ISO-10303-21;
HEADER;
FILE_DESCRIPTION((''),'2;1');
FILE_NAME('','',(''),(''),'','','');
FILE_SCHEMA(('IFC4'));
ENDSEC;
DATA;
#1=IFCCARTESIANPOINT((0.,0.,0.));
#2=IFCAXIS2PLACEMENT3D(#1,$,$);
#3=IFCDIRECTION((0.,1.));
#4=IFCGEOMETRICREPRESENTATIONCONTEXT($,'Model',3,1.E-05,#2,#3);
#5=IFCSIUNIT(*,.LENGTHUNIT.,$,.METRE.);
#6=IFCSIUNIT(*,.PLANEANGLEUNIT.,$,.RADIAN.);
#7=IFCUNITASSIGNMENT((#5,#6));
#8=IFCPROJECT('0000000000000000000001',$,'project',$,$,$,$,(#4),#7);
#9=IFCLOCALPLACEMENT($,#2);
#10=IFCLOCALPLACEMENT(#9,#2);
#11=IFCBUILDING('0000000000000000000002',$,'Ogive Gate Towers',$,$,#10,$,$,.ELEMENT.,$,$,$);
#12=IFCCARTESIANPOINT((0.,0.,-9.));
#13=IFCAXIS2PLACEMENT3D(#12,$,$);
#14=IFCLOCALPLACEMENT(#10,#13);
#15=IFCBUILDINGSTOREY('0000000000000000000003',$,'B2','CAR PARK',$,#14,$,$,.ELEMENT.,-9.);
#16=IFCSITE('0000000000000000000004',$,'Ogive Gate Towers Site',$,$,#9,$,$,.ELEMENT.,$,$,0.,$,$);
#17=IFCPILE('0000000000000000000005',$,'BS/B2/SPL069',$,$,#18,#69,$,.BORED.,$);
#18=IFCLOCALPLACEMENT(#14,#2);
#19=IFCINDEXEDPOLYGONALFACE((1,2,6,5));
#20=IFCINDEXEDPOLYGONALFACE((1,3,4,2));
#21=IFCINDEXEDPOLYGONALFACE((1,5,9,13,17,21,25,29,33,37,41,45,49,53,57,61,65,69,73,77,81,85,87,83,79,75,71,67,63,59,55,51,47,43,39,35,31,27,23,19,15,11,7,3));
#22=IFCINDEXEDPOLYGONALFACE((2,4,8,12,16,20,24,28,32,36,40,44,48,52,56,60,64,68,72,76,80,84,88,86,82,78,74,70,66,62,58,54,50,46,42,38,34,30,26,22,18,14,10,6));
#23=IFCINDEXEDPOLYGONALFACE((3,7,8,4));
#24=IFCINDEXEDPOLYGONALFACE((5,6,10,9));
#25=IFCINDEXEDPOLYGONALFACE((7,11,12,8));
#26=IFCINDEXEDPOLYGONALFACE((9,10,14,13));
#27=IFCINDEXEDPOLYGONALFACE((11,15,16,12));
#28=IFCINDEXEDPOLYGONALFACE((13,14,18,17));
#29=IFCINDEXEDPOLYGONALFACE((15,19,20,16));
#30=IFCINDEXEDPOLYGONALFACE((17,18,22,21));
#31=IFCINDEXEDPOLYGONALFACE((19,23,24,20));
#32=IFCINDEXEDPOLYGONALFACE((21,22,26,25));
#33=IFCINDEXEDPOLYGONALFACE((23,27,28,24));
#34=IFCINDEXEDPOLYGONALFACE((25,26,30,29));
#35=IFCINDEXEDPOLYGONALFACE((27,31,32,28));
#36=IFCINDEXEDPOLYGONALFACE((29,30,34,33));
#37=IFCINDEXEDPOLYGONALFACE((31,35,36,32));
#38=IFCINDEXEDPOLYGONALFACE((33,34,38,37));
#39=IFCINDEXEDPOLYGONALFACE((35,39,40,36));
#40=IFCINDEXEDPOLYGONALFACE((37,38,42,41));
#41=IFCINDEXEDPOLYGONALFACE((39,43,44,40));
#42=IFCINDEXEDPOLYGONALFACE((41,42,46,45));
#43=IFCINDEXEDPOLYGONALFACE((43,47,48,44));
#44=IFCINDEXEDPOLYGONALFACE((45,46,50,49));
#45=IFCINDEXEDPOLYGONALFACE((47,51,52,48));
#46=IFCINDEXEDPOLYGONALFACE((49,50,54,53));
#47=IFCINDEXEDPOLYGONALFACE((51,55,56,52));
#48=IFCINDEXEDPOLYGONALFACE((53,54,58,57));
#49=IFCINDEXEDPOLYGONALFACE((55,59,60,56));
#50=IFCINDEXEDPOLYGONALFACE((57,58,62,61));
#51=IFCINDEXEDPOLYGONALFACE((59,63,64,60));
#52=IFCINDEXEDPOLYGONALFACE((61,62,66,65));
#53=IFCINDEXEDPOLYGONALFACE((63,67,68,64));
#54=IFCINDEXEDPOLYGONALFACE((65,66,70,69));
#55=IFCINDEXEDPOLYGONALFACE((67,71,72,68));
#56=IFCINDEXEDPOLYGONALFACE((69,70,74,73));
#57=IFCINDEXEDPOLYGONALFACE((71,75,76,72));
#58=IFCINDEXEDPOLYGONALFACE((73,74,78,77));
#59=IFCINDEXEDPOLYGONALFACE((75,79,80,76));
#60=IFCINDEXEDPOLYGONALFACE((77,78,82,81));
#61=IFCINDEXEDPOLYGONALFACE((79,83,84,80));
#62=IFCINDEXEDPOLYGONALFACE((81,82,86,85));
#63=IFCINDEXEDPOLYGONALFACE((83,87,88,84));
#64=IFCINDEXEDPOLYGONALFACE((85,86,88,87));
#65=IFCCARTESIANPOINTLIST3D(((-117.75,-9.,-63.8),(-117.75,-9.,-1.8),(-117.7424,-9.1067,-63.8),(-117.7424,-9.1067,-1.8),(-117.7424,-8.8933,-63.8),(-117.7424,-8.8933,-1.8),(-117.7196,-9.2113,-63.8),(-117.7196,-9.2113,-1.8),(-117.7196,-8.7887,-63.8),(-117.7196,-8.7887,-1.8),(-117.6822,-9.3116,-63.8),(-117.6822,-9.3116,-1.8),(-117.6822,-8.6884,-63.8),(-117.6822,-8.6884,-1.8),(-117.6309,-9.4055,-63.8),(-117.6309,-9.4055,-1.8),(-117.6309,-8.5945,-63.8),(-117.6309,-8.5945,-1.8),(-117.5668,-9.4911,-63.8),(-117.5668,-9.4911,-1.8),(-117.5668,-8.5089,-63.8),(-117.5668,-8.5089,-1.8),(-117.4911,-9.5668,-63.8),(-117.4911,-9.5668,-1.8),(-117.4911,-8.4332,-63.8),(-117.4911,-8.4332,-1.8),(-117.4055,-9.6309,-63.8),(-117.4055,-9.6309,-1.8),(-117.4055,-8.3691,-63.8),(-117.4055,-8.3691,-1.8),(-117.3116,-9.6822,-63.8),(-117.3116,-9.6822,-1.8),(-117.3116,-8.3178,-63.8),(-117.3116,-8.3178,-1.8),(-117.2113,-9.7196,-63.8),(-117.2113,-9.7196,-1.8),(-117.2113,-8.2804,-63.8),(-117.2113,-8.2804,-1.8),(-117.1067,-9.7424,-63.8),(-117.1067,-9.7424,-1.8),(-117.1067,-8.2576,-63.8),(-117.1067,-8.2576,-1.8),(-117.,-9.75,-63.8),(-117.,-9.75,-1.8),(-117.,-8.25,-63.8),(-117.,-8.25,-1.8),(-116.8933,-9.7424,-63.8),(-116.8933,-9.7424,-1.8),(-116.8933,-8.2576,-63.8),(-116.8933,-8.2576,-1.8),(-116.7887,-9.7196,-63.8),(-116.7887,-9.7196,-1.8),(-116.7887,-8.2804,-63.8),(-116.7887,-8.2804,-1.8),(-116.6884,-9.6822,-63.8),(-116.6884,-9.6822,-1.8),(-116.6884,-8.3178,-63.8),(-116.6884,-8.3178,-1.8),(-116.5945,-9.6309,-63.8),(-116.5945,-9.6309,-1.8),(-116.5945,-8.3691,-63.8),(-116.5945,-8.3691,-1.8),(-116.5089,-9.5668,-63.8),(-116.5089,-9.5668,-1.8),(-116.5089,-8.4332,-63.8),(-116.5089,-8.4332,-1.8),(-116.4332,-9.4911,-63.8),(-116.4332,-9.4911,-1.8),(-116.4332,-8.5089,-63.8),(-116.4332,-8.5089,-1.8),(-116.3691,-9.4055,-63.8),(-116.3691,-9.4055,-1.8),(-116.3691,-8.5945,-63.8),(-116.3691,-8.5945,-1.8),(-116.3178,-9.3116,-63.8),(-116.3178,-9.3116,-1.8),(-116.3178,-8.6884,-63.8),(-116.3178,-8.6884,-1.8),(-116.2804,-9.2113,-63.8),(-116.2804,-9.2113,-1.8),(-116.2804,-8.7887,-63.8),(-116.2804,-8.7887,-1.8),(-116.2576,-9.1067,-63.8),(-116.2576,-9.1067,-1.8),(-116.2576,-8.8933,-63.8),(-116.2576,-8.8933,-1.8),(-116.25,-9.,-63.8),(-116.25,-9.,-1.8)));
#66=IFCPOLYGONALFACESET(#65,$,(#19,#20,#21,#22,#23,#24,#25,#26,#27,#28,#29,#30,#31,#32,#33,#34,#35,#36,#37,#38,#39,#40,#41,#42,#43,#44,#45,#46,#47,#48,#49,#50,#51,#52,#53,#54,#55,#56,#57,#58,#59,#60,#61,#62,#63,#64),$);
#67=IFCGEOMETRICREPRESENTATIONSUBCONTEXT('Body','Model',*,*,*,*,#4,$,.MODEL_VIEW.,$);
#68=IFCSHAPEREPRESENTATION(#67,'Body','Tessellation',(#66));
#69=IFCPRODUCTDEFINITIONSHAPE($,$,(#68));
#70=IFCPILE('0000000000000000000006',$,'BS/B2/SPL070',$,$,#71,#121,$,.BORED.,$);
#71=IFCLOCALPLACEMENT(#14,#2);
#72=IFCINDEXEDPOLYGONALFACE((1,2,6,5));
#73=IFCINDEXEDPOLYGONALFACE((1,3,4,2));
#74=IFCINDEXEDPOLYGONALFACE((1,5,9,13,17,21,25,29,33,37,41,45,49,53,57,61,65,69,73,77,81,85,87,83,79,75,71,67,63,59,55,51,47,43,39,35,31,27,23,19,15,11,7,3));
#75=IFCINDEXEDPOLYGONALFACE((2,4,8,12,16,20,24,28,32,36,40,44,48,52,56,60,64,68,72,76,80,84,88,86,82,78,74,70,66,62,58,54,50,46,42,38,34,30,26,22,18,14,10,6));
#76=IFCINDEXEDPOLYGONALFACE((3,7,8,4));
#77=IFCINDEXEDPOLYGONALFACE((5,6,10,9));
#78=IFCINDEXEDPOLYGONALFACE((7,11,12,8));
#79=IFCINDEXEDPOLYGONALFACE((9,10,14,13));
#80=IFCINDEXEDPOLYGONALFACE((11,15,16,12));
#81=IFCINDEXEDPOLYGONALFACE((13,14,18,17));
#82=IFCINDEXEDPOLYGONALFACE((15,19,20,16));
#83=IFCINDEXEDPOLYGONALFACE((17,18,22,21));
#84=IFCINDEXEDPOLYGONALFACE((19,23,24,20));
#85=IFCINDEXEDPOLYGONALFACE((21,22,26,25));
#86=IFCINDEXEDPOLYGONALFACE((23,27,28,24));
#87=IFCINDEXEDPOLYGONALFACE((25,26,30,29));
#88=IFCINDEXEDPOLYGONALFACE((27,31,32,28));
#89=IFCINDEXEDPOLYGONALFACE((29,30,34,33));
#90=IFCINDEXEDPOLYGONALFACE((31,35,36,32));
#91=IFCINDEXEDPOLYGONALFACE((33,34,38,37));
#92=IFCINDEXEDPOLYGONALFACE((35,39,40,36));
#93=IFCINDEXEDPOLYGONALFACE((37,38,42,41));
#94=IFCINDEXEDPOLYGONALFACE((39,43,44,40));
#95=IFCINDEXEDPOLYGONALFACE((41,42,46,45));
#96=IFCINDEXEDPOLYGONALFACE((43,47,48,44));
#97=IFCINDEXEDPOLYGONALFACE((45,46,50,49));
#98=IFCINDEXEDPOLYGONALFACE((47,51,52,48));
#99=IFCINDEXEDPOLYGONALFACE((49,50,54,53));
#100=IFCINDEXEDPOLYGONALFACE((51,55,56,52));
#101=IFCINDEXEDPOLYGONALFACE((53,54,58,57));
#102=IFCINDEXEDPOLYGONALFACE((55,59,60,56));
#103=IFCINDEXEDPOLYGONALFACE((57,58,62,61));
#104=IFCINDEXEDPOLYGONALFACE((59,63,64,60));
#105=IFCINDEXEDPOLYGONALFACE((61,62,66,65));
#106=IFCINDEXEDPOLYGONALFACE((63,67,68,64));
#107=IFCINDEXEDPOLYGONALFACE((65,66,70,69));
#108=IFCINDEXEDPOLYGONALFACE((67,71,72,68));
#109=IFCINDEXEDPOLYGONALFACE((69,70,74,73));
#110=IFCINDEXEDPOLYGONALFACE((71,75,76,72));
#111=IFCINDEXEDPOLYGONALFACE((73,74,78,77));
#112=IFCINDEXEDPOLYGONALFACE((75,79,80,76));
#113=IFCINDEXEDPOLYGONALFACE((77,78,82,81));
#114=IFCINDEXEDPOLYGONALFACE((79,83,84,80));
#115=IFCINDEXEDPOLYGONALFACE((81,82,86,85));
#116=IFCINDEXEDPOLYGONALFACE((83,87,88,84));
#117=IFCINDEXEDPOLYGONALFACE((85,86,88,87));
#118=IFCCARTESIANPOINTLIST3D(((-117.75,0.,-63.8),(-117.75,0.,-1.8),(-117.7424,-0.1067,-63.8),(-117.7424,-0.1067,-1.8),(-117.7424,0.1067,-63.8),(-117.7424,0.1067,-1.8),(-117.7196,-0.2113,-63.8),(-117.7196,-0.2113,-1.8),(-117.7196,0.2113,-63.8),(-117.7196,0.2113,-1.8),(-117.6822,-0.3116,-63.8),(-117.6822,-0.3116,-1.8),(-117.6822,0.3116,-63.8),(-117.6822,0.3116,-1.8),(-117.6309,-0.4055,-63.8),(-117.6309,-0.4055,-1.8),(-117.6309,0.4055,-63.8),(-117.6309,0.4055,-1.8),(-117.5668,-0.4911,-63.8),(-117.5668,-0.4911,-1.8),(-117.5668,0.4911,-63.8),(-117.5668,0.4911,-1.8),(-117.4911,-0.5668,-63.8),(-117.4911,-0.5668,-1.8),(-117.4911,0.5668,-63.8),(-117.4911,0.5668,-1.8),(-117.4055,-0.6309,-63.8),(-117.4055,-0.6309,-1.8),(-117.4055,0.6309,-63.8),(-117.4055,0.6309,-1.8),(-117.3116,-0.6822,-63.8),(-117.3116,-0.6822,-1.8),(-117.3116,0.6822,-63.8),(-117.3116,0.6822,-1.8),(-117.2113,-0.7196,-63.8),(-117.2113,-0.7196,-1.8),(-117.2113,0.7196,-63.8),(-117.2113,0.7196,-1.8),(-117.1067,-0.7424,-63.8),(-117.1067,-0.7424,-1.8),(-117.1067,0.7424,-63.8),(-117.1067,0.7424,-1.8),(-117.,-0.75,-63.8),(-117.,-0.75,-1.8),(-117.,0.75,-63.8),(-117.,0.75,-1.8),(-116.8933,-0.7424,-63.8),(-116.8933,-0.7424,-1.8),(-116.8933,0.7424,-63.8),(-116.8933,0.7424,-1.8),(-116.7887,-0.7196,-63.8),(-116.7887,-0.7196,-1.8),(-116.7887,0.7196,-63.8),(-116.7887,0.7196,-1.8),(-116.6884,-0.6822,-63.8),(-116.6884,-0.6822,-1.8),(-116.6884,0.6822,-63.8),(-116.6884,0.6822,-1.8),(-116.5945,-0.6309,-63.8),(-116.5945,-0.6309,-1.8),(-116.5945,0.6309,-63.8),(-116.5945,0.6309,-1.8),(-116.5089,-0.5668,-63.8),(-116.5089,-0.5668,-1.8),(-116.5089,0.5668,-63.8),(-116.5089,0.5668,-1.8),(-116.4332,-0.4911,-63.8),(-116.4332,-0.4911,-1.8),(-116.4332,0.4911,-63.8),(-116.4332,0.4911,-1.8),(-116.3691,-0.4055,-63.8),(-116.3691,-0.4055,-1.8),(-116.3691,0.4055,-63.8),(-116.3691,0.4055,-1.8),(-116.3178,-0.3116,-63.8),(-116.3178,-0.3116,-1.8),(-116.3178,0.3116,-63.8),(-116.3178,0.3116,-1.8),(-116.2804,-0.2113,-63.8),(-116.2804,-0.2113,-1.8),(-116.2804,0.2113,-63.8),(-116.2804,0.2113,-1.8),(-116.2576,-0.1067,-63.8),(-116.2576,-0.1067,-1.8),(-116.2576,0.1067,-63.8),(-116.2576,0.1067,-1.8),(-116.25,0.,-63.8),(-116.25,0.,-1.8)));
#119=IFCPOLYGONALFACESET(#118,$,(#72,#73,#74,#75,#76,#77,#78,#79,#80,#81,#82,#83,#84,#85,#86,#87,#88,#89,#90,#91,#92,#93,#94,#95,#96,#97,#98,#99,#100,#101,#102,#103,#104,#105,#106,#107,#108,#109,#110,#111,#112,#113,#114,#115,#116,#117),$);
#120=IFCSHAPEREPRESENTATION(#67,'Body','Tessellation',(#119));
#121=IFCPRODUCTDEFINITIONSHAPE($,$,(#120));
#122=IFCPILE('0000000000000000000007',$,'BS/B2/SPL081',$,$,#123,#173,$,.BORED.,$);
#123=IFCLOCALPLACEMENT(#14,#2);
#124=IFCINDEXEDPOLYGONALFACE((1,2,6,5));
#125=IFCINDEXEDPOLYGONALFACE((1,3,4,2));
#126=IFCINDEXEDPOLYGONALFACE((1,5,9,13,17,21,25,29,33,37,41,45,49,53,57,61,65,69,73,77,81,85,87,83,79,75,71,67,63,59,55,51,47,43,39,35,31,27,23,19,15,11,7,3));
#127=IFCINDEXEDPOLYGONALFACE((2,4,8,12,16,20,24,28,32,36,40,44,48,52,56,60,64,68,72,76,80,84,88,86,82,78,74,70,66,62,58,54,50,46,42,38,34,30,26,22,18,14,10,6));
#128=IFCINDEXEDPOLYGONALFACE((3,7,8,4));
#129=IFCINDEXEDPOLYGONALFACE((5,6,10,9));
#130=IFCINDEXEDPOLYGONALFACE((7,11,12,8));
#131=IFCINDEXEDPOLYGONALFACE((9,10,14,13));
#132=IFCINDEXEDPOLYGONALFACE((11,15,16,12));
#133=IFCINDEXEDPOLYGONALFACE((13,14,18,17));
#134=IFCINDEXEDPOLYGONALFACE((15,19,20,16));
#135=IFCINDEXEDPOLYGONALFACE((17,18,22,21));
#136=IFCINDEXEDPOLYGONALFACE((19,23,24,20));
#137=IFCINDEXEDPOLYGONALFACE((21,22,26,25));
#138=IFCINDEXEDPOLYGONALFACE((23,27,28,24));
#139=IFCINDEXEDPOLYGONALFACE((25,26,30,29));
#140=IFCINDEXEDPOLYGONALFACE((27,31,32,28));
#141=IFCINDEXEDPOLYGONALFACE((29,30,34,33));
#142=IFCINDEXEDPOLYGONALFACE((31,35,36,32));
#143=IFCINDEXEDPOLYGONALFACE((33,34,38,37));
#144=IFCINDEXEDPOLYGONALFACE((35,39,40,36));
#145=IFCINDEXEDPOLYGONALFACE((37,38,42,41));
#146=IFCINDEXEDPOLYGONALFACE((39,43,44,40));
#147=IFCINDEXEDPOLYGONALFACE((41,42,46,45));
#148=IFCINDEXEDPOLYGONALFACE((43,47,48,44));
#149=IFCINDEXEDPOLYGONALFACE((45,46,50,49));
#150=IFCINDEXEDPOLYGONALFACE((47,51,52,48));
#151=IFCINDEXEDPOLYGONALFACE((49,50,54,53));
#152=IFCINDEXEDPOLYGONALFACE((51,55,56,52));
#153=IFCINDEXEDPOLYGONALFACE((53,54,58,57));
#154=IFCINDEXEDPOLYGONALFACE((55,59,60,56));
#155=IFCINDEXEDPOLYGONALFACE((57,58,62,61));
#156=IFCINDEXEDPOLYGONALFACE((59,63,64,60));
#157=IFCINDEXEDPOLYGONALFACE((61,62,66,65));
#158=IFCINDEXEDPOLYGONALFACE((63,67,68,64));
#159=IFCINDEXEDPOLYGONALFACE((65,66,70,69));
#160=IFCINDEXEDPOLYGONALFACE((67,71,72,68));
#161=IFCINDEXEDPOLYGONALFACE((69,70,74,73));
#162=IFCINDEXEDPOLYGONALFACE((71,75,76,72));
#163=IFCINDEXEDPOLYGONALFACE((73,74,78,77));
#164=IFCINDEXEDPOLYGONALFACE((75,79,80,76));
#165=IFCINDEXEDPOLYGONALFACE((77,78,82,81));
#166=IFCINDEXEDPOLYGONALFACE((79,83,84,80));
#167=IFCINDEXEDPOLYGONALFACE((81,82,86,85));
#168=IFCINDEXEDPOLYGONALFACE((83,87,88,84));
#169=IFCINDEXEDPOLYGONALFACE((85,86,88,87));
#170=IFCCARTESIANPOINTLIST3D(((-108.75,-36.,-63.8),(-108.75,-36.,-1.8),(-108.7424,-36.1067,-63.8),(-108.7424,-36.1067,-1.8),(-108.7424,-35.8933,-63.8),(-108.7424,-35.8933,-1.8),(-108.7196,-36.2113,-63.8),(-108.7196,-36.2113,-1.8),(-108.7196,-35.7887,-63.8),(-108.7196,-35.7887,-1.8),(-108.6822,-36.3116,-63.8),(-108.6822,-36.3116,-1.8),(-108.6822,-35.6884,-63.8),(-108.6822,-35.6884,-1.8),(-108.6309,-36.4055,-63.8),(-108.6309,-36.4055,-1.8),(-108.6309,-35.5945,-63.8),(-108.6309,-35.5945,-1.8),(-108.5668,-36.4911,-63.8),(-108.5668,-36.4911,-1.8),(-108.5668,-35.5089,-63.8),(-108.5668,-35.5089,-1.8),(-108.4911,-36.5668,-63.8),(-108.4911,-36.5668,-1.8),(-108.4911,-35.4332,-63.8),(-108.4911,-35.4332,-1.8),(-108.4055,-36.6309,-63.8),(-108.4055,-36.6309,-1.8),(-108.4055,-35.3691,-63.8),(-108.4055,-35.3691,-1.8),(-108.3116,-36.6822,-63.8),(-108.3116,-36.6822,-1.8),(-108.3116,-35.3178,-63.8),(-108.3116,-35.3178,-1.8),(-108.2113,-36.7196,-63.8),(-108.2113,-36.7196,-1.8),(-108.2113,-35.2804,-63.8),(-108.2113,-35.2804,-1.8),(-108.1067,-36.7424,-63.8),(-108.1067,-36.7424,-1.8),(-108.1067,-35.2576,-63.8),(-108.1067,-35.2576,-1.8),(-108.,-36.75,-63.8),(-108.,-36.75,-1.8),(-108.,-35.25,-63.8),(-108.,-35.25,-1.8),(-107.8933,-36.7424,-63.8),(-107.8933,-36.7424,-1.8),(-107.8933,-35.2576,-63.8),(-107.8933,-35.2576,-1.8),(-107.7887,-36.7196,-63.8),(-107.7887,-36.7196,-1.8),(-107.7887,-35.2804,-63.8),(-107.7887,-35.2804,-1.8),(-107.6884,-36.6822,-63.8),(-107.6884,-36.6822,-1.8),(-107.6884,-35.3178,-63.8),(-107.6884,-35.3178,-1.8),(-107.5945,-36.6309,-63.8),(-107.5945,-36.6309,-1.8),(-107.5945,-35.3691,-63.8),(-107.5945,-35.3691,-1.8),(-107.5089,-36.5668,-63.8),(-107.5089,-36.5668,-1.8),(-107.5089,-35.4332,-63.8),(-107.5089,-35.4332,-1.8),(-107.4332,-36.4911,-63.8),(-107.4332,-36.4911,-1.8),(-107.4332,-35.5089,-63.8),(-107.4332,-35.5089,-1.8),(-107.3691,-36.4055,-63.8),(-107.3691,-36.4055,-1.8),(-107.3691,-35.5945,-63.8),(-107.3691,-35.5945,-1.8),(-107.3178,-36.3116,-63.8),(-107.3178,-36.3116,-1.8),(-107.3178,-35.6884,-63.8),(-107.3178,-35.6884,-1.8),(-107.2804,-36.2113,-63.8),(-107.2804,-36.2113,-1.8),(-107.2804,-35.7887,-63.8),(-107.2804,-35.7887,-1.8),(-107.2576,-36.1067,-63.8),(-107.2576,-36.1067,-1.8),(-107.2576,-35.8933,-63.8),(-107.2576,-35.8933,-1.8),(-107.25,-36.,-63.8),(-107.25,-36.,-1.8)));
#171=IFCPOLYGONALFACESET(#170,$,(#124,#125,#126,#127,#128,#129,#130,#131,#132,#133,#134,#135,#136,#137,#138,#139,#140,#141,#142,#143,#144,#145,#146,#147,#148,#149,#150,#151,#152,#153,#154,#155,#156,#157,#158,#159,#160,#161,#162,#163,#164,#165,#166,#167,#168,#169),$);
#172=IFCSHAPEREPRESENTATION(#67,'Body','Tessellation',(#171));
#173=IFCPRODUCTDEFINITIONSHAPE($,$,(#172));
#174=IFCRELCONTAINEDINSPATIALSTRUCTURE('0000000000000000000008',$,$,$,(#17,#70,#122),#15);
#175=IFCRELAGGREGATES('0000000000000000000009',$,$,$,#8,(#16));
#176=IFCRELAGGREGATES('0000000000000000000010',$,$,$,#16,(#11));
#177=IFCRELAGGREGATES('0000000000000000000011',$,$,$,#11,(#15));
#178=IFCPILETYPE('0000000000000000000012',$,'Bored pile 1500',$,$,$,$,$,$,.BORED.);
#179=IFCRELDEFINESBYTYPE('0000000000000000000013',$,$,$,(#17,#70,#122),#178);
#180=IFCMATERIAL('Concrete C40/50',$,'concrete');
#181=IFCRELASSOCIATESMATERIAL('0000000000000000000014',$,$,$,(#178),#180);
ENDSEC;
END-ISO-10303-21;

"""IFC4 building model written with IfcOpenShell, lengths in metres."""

from ifc_helpers import new_model, si_unit, direction, frame, origin, origin_2d, place, context, subcontext, project, spatial, circle, extrude, material, material_profile, profile_set, type_object, element, save


model = new_model("IFC4")

# Units and contexts
model_context = context("Model", 3, precision=1e-05, world=origin(), true_north=direction((0.0, 1.0)))
body_context = subcontext(model_context, "Body", "Model", "MODEL_VIEW")
ifc_project = project(units=[si_unit("LENGTHUNIT", "METRE"), si_unit("PLANEANGLEUNIT", "RADIAN")], contexts=[model_context])

# Site, building, storey
site_placement = place(None, origin())
site = spatial("IfcSite", under=ifc_project, at=site_placement, Name="Ogive Gate Towers Site", CompositionType="ELEMENT", RefElevation=0.0)
building_placement = place(site_placement, origin())
building = spatial("IfcBuilding", under=site, at=building_placement, Name="Ogive Gate Towers", CompositionType="ELEMENT")
storey_placement = place(building_placement, frame((0.0, 0.0, -9.0)))
storey = spatial("IfcBuildingStorey", under=building, at=storey_placement, Name="B2", Description="CAR PARK", CompositionType="ELEMENT", Elevation=-9.0)

# Piles
ifc_material_1 = material(Name="Concrete C40/50", Category="concrete")
ifc_material_profile_1 = material_profile(ifc_material_1, circle(Radius=0.75, at=origin_2d()), Name="BP 1500")
ifc_profile_set_1 = profile_set([ifc_material_profile_1], Name="Concrete C40/50")
pile_type = type_object("IfcPileType", Name="Bored pile 1500", PredefinedType="BORED", material=ifc_profile_set_1)
for number, where, z_axis, x_axis, name in (
    (1, (-117.0, -9.0, -1.8), (0.0, 0.0, -1.0), (1.0, 0.0, 0.0), "BS/B2/SPL069"),
    (2, (-117.0, 0.0, -1.8), (0.0, 0.0, -1.0), (1.0, 0.0, 0.0), "BS/B2/SPL070"),
    (3, (-108.0, -36.0, -1.8), (0.0, 0.0, -1.0), (1.0, 0.0, 0.0), "BS/B2/SPL081"),
):
    element("IfcPile", number, at=place(storey_placement, frame(where, z_axis=z_axis, x_axis=x_axis)), inside=storey, type_object=pile_type, Name=name, PredefinedType="BORED", context=body_context, shape_type="SweptSolid", body=[
        extrude(circle(Radius=0.75, at=origin_2d()), origin(), (0.0, 0.0, 1.0), 62.0),
    ])

save(model, "model.ifc")
